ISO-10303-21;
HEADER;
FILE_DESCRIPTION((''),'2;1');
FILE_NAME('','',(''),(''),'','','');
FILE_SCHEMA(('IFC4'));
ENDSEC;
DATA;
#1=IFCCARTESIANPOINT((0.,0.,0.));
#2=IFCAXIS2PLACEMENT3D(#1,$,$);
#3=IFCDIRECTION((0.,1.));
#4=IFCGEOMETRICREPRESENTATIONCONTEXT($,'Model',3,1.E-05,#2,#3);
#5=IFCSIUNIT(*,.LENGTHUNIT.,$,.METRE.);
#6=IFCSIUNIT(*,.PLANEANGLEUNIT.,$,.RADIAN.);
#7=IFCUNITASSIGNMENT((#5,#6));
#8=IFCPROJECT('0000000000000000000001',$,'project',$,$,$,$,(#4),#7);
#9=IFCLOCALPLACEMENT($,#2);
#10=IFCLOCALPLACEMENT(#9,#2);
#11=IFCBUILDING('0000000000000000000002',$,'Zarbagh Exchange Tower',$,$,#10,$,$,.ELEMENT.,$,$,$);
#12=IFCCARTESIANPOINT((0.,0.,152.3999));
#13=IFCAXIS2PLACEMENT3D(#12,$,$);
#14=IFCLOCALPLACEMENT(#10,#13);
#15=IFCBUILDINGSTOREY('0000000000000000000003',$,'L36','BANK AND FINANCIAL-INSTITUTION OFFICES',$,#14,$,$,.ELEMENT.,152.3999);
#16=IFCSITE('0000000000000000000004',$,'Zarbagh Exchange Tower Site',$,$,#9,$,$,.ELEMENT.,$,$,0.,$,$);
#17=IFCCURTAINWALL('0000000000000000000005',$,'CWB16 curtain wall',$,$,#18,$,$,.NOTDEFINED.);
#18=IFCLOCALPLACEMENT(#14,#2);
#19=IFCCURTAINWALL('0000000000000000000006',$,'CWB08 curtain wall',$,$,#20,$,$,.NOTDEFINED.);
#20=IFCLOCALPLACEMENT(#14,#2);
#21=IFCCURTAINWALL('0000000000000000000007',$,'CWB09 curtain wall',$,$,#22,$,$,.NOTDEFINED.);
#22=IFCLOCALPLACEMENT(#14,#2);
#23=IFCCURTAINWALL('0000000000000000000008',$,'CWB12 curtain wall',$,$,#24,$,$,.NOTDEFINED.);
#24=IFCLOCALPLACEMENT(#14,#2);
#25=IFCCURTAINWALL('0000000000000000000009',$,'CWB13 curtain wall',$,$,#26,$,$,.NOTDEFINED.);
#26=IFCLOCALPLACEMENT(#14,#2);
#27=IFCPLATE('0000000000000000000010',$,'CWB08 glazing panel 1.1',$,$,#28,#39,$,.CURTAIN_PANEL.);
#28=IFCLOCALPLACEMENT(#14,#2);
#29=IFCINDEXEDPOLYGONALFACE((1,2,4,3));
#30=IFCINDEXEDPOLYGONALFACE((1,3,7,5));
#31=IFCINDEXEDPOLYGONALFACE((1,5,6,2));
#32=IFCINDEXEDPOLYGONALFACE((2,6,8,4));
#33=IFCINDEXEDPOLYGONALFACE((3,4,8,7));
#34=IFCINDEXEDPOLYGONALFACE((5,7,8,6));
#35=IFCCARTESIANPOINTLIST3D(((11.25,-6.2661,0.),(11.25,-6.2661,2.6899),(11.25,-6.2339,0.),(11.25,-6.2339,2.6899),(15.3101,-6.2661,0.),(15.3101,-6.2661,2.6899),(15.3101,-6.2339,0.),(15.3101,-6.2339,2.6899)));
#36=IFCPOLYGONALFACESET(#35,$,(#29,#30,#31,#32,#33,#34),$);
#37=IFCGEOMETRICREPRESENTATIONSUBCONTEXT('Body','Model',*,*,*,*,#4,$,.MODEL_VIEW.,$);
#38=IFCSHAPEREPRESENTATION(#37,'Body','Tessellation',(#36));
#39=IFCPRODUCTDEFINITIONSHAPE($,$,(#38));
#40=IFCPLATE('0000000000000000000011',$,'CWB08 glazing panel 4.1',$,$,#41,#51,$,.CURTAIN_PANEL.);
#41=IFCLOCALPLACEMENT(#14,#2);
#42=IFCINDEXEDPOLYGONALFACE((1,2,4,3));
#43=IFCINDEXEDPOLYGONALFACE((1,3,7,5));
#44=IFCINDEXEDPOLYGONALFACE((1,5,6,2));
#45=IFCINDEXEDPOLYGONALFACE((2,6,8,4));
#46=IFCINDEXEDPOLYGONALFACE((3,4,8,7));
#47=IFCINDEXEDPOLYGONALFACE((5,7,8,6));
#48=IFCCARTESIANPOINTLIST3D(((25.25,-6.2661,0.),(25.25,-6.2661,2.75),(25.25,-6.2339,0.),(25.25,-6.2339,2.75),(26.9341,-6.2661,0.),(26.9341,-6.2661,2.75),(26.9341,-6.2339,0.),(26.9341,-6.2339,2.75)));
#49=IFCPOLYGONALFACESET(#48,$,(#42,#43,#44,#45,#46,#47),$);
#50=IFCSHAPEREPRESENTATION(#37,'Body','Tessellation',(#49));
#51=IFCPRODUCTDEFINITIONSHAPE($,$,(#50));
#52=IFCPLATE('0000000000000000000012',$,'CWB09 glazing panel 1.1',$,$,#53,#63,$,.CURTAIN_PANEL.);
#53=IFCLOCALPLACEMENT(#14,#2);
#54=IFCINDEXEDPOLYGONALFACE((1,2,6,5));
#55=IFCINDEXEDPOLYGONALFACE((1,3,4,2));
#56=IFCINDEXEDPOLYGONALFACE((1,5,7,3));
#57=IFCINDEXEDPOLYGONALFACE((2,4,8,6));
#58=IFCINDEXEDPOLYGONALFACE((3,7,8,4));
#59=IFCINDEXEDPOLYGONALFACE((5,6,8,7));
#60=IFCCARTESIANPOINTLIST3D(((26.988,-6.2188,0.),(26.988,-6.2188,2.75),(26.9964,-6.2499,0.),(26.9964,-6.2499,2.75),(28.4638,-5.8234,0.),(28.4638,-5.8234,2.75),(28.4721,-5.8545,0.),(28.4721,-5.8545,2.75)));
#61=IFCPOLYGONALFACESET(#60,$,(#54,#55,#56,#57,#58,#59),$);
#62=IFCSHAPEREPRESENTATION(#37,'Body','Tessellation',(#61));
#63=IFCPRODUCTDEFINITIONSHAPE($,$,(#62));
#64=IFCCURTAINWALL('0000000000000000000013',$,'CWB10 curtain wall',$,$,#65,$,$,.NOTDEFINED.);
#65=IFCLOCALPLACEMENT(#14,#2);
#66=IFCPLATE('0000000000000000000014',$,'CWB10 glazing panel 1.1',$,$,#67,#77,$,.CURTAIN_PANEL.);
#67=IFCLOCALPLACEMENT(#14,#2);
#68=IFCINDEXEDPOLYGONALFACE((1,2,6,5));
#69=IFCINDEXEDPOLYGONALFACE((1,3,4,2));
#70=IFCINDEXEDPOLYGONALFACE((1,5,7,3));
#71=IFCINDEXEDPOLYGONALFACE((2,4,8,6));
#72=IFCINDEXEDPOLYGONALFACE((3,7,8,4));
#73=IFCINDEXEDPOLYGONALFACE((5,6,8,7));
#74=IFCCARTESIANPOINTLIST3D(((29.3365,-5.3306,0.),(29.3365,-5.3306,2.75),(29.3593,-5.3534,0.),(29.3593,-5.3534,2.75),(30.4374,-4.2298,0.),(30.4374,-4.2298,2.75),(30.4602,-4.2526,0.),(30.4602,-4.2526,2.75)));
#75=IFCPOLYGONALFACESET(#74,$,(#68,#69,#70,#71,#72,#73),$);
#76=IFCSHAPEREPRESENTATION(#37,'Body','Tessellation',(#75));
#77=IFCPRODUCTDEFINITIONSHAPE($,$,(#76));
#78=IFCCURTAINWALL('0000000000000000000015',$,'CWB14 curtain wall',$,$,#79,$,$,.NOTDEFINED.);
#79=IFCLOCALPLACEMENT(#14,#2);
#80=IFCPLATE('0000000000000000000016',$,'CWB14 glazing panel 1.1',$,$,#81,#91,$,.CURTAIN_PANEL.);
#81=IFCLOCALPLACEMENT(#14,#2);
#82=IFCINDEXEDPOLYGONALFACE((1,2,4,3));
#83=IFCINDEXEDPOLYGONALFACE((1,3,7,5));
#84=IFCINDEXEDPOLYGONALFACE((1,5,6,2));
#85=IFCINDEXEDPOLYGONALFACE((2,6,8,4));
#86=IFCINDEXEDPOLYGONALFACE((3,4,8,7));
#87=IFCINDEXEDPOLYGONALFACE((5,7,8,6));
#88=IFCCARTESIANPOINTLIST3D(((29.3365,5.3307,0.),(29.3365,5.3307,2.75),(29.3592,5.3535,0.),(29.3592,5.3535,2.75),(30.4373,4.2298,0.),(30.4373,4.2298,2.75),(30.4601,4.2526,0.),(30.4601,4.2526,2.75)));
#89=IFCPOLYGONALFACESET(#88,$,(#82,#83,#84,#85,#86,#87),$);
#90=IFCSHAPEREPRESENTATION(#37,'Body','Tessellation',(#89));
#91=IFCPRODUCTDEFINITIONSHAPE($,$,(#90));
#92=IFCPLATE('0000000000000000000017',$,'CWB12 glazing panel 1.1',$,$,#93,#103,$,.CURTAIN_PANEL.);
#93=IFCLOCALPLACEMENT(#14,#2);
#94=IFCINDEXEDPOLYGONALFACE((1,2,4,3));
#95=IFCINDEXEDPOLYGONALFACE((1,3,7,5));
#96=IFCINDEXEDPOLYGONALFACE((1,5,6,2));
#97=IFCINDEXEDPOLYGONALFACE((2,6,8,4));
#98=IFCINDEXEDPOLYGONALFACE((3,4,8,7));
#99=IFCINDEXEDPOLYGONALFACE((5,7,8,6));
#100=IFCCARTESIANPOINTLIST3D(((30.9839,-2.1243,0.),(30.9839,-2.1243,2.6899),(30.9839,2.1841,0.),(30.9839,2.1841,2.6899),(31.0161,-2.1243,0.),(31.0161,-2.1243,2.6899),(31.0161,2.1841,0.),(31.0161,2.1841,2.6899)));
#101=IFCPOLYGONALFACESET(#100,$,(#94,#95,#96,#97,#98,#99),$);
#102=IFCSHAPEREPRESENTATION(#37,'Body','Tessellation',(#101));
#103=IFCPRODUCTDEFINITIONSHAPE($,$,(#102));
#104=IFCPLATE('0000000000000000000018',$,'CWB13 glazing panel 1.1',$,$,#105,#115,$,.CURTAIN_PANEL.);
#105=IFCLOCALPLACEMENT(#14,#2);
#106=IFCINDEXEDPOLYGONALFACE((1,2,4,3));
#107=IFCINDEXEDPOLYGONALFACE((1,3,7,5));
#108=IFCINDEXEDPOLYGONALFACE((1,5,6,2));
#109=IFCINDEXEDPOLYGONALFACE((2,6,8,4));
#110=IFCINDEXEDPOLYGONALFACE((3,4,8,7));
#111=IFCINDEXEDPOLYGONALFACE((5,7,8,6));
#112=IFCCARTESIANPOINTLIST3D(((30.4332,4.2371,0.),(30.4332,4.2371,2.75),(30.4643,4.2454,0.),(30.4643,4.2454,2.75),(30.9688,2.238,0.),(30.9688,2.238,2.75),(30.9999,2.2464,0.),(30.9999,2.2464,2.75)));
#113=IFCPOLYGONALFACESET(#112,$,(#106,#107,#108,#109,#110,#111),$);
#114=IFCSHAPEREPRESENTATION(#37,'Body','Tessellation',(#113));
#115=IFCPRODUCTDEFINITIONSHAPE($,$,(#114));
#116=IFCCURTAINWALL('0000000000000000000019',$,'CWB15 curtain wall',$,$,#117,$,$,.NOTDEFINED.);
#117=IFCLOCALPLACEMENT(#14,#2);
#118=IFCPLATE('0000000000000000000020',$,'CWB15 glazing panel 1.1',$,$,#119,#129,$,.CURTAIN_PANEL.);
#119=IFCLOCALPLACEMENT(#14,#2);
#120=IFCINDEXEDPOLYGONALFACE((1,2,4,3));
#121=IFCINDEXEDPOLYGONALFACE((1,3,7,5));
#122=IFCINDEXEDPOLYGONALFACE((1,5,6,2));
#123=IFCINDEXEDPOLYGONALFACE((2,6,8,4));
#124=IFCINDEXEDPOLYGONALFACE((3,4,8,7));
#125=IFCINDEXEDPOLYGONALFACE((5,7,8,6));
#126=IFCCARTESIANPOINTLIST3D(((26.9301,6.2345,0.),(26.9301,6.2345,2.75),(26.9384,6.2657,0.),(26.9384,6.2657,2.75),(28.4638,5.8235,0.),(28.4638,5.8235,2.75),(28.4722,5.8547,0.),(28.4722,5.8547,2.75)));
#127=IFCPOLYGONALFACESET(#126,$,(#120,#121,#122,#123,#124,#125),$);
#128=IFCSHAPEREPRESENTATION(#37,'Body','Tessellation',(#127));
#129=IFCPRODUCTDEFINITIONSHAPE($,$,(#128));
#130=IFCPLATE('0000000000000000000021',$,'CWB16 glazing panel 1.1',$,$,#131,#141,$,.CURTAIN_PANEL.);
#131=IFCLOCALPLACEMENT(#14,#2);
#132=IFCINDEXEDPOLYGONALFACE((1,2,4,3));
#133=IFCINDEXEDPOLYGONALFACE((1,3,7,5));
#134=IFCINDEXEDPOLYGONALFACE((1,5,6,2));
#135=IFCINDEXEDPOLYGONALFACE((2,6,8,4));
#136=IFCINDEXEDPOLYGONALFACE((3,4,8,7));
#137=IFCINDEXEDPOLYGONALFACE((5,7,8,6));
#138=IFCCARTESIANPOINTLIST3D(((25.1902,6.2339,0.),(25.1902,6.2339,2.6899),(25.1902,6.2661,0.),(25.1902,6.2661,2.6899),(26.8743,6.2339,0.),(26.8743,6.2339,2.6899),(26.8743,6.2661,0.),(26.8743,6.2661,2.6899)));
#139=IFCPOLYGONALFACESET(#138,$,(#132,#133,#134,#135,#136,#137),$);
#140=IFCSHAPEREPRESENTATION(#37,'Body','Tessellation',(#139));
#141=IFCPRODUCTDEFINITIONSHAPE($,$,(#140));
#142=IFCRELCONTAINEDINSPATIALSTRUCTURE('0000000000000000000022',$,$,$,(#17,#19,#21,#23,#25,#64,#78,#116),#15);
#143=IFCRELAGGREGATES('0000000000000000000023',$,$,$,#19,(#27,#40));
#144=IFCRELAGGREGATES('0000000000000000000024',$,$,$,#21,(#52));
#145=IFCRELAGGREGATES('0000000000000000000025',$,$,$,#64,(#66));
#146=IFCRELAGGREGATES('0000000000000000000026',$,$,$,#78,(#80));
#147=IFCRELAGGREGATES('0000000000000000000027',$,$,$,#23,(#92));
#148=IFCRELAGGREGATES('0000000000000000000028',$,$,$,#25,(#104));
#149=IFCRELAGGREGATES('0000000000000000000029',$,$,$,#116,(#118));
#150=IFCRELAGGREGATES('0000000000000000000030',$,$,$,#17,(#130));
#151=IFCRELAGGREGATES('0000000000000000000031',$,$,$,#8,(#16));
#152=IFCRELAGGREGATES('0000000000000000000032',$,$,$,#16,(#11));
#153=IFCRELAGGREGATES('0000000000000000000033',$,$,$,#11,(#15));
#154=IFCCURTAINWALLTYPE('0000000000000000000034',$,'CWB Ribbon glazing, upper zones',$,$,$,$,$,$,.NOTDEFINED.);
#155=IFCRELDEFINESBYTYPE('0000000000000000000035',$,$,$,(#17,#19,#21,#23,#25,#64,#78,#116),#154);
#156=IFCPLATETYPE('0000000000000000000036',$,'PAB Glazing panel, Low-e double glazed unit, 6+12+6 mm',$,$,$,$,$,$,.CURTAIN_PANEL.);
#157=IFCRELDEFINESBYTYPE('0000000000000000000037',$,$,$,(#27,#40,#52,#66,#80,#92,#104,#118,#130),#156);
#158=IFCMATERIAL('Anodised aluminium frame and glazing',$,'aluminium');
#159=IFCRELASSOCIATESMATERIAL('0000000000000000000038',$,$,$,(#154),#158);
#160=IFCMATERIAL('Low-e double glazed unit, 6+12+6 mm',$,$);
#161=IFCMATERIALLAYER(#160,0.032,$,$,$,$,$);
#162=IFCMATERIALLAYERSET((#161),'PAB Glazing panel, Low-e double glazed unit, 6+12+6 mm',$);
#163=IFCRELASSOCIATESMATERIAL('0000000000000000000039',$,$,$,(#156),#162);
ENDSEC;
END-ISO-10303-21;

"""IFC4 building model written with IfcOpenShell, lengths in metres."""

from ifc_helpers import new_model, si_unit, direction, frame, origin, place, context, subcontext, project, spatial, polyline, outline, extrude, source, transform, mapped, material, layer, layer_set, type_object, element, aggregate, save


model = new_model("IFC4")

# Units and contexts
model_context = context("Model", 3, precision=1e-05, world=origin(), true_north=direction((0.0, 1.0)))
body_context = subcontext(model_context, "Body", "Model", "MODEL_VIEW")
ifc_project = project(units=[si_unit("LENGTHUNIT", "METRE"), si_unit("PLANEANGLEUNIT", "RADIAN")], contexts=[model_context])

# Site, building, storey
site_placement = place(None, origin())
site = spatial("IfcSite", under=ifc_project, at=site_placement, Name="Zarbagh Exchange Tower Site", CompositionType="ELEMENT", RefElevation=0.0)
building_placement = place(site_placement, origin())
building = spatial("IfcBuilding", under=site, at=building_placement, Name="Zarbagh Exchange Tower", CompositionType="ELEMENT")
storey_placement = place(building_placement, frame((0.0, 0.0, 152.3999)))
storey = spatial("IfcBuildingStorey", under=building, at=storey_placement, Name="L36", Description="BANK AND FINANCIAL-INSTITUTION OFFICES", CompositionType="ELEMENT", Elevation=152.3999)

# Curtain wall
ifc_material_1 = material(Name="Anodised aluminium frame and glazing", Category="aluminium")
curtain_wall_type = type_object("IfcCurtainWallType", Name="CWB Ribbon glazing, upper zones", PredefinedType="NOTDEFINED", material=ifc_material_1)
curtain_wall_1_placement = place(storey_placement, origin())
curtain_wall_1 = element("IfcCurtainWall", 1, at=curtain_wall_1_placement, inside=storey, type_object=curtain_wall_type, Name="CWB16 curtain wall", PredefinedType="NOTDEFINED")
placement = place(storey_placement, origin())

# Curtain wall
curtain_wall_2_placement = place(storey_placement, origin())
curtain_wall_2 = element("IfcCurtainWall", 2, at=curtain_wall_2_placement, inside=storey, type_object=curtain_wall_type, Name="CWB08 curtain wall", PredefinedType="NOTDEFINED")

# Curtain walls
curtain_wall_3_placement = place(storey_placement, origin())
curtain_wall_3 = element("IfcCurtainWall", 3, at=curtain_wall_3_placement, inside=storey, type_object=curtain_wall_type, Name="CWB09 curtain wall", PredefinedType="NOTDEFINED")
curtain_wall_4_placement = place(storey_placement, origin())
curtain_wall_4 = element("IfcCurtainWall", 4, at=curtain_wall_4_placement, inside=storey, type_object=curtain_wall_type, Name="CWB12 curtain wall", PredefinedType="NOTDEFINED")
curtain_wall_5_placement = place(storey_placement, origin())
curtain_wall_5 = element("IfcCurtainWall", 5, at=curtain_wall_5_placement, inside=storey, type_object=curtain_wall_type, Name="CWB13 curtain wall", PredefinedType="NOTDEFINED")

# Shared definitions
ifc_material_2 = material(Name="Low-e double glazed unit, 6+12+6 mm")
ifc_layer = layer(ifc_material_2, 0.032)
ifc_layer_set = layer_set([ifc_layer], Name="PAB Glazing panel, Low-e double glazed unit, 6+12+6 mm")
plate_type = type_object("IfcPlateType", Name="PAB Glazing panel, Low-e double glazed unit, 6+12+6 mm", PredefinedType="CURTAIN_PANEL", material=ifc_layer_set)

# Plates
shared_shape_1 = source(origin(), body_context, "Body", "SweptSolid", [
    extrude(outline(polyline([(0.0, -0.0161), (4.0601, -0.0161), (4.0601, 0.0161), (0.0, 0.0161), (0.0, -0.0161)])), origin(), (0.0, 0.0, 1.0), 2.6899),
])
plate_1 = element("IfcPlate", 6, at=placement, type_object=plate_type, Name="CWB08 glazing panel 1.1", PredefinedType="CURTAIN_PANEL", context=body_context, shape_type="MappedRepresentation", body=[
    mapped(shared_shape_1, transform((11.25, -6.25, 0.0), x_axis=(1.0, 0.0, 0.0), y_axis=(0.0, 1.0, 0.0), z_axis=(0.0, 0.0, 1.0))),
])
shared_shape_2 = source(origin(), body_context, "Body", "SweptSolid", [
    extrude(outline(polyline([(0.0, -0.0161), (1.6841, -0.0161), (1.6841, 0.0161), (0.0, 0.0161), (0.0, -0.0161)])), origin(), (0.0, 0.0, 1.0), 2.75),
])
plate_2 = element("IfcPlate", 7, at=placement, type_object=plate_type, Name="CWB08 glazing panel 4.1", PredefinedType="CURTAIN_PANEL", context=body_context, shape_type="MappedRepresentation", body=[
    mapped(shared_shape_2, transform((25.25, -6.25, 0.0), x_axis=(1.0, 0.0, 0.0), y_axis=(0.0, 1.0, 0.0), z_axis=(0.0, 0.0, 1.0))),
])
aggregate(curtain_wall_2, [plate_1, plate_2])
shared_shape_3 = source(origin(), body_context, "Body", "SweptSolid", [
    extrude(outline(polyline([(0.0, -0.0161), (1.5278, -0.0161), (1.5278, 0.0161), (0.0, 0.0161), (0.0, -0.0161)])), origin(), (0.0, 0.0, 1.0), 2.75),
])
plate_3 = element("IfcPlate", 8, at=placement, type_object=plate_type, Name="CWB09 glazing panel 1.1", PredefinedType="CURTAIN_PANEL", context=body_context, shape_type="MappedRepresentation", body=[
    mapped(shared_shape_3, transform((26.9922, -6.2344, 0.0), x_axis=(0.965924, 0.258825, 0.0), y_axis=(-0.258825, 0.965924, 0.0), z_axis=(0.0, 0.0, 1.0))),
])
aggregate(curtain_wall_3, [plate_3])

# Curtain walls, plates
curtain_wall_6_placement = place(storey_placement, origin())
curtain_wall_6 = element("IfcCurtainWall", 9, at=curtain_wall_6_placement, inside=storey, type_object=curtain_wall_type, Name="CWB10 curtain wall", PredefinedType="NOTDEFINED")
shared_shape_4 = source(origin(), body_context, "Body", "SweptSolid", [
    extrude(outline(polyline([(0.0, -0.0161), (1.5569, -0.0161), (1.5569, 0.0161), (0.0, 0.0161), (0.0, -0.0161)])), origin(), (0.0, 0.0, 1.0), 2.75),
])
plate_4 = element("IfcPlate", 10, at=placement, type_object=plate_type, Name="CWB10 glazing panel 1.1", PredefinedType="CURTAIN_PANEL", context=body_context, shape_type="MappedRepresentation", body=[
    mapped(shared_shape_4, transform((29.3479, -5.342, 0.0), x_axis=(0.707107, 0.707107, 0.0), y_axis=(-0.707107, 0.707107, 0.0), z_axis=(0.0, 0.0, 1.0))),
])
aggregate(curtain_wall_6, [plate_4])
curtain_wall_7_placement = place(storey_placement, origin())
curtain_wall_7 = element("IfcCurtainWall", 11, at=curtain_wall_7_placement, inside=storey, type_object=curtain_wall_type, Name="CWB14 curtain wall", PredefinedType="NOTDEFINED")
plate_5 = element("IfcPlate", 12, at=placement, type_object=plate_type, Name="CWB14 glazing panel 1.1", PredefinedType="CURTAIN_PANEL", context=body_context, shape_type="MappedRepresentation", body=[
    mapped(shared_shape_4, transform((30.4487, 4.2412, 0.0), x_axis=(-0.707107, 0.707107, 0.0), y_axis=(-0.707107, -0.707107, 0.0), z_axis=(0.0, 0.0, 1.0))),
])
aggregate(curtain_wall_7, [plate_5])

# Plates
shared_shape_5 = source(origin(), body_context, "Body", "SweptSolid", [
    extrude(outline(polyline([(0.0, -0.0161), (4.3083, -0.0161), (4.3083, 0.0161), (0.0, 0.0161), (0.0, -0.0161)])), origin(), (0.0, 0.0, 1.0), 2.6899),
])
plate_6 = element("IfcPlate", 13, at=placement, type_object=plate_type, Name="CWB12 glazing panel 1.1", PredefinedType="CURTAIN_PANEL", context=body_context, shape_type="MappedRepresentation", body=[
    mapped(shared_shape_5, transform((31.0, -2.1243, 0.0), x_axis=(0.0, 1.0, 0.0), y_axis=(-1.0, 0.0, 0.0), z_axis=(0.0, 0.0, 1.0))),
])
aggregate(curtain_wall_4, [plate_6])
shared_shape_6 = source(origin(), body_context, "Body", "SweptSolid", [
    extrude(outline(polyline([(0.0, -0.0161), (2.0696, -0.0161), (2.0696, 0.0161), (0.0, 0.0161), (0.0, -0.0161)])), origin(), (0.0, 0.0, 1.0), 2.75),
])
plate_7 = element("IfcPlate", 14, at=placement, type_object=plate_type, Name="CWB13 glazing panel 1.1", PredefinedType="CURTAIN_PANEL", context=body_context, shape_type="MappedRepresentation", body=[
    mapped(shared_shape_6, transform((30.9844, 2.2422, 0.0), x_axis=(-0.258825, 0.965924, 0.0), y_axis=(-0.965924, -0.258825, 0.0), z_axis=(0.0, 0.0, 1.0))),
])
aggregate(curtain_wall_5, [plate_7])

# Curtain wall, plate
curtain_wall_8_placement = place(storey_placement, origin())
curtain_wall_8 = element("IfcCurtainWall", 15, at=curtain_wall_8_placement, inside=storey, type_object=curtain_wall_type, Name="CWB15 curtain wall", PredefinedType="NOTDEFINED")
shared_shape_7 = source(origin(), body_context, "Body", "SweptSolid", [
    extrude(outline(polyline([(0.0, -0.0161), (1.5879, -0.0161), (1.5879, 0.0161), (0.0, 0.0161), (0.0, -0.0161)])), origin(), (0.0, 0.0, 1.0), 2.75),
])
plate_8 = element("IfcPlate", 16, at=placement, type_object=plate_type, Name="CWB15 glazing panel 1.1", PredefinedType="CURTAIN_PANEL", context=body_context, shape_type="MappedRepresentation", body=[
    mapped(shared_shape_7, transform((28.468, 5.8391, 0.0), x_axis=(-0.965924, 0.258825, 0.0), y_axis=(-0.258825, -0.965924, 0.0), z_axis=(0.0, 0.0, 1.0))),
])
aggregate(curtain_wall_8, [plate_8])

# Plate
shared_shape_8 = source(origin(), body_context, "Body", "SweptSolid", [
    extrude(outline(polyline([(0.0, -0.0161), (1.6841, -0.0161), (1.6841, 0.0161), (0.0, 0.0161), (0.0, -0.0161)])), origin(), (0.0, 0.0, 1.0), 2.6899),
])
plate_9 = element("IfcPlate", 17, at=placement, type_object=plate_type, Name="CWB16 glazing panel 1.1", PredefinedType="CURTAIN_PANEL", context=body_context, shape_type="MappedRepresentation", body=[
    mapped(shared_shape_8, transform((26.8743, 6.25, 0.0), x_axis=(-1.0, 0.0, 0.0), y_axis=(0.0, -1.0, 0.0), z_axis=(0.0, 0.0, 1.0))),
])
aggregate(curtain_wall_1, [plate_9])

save(model, "model.ifc")
